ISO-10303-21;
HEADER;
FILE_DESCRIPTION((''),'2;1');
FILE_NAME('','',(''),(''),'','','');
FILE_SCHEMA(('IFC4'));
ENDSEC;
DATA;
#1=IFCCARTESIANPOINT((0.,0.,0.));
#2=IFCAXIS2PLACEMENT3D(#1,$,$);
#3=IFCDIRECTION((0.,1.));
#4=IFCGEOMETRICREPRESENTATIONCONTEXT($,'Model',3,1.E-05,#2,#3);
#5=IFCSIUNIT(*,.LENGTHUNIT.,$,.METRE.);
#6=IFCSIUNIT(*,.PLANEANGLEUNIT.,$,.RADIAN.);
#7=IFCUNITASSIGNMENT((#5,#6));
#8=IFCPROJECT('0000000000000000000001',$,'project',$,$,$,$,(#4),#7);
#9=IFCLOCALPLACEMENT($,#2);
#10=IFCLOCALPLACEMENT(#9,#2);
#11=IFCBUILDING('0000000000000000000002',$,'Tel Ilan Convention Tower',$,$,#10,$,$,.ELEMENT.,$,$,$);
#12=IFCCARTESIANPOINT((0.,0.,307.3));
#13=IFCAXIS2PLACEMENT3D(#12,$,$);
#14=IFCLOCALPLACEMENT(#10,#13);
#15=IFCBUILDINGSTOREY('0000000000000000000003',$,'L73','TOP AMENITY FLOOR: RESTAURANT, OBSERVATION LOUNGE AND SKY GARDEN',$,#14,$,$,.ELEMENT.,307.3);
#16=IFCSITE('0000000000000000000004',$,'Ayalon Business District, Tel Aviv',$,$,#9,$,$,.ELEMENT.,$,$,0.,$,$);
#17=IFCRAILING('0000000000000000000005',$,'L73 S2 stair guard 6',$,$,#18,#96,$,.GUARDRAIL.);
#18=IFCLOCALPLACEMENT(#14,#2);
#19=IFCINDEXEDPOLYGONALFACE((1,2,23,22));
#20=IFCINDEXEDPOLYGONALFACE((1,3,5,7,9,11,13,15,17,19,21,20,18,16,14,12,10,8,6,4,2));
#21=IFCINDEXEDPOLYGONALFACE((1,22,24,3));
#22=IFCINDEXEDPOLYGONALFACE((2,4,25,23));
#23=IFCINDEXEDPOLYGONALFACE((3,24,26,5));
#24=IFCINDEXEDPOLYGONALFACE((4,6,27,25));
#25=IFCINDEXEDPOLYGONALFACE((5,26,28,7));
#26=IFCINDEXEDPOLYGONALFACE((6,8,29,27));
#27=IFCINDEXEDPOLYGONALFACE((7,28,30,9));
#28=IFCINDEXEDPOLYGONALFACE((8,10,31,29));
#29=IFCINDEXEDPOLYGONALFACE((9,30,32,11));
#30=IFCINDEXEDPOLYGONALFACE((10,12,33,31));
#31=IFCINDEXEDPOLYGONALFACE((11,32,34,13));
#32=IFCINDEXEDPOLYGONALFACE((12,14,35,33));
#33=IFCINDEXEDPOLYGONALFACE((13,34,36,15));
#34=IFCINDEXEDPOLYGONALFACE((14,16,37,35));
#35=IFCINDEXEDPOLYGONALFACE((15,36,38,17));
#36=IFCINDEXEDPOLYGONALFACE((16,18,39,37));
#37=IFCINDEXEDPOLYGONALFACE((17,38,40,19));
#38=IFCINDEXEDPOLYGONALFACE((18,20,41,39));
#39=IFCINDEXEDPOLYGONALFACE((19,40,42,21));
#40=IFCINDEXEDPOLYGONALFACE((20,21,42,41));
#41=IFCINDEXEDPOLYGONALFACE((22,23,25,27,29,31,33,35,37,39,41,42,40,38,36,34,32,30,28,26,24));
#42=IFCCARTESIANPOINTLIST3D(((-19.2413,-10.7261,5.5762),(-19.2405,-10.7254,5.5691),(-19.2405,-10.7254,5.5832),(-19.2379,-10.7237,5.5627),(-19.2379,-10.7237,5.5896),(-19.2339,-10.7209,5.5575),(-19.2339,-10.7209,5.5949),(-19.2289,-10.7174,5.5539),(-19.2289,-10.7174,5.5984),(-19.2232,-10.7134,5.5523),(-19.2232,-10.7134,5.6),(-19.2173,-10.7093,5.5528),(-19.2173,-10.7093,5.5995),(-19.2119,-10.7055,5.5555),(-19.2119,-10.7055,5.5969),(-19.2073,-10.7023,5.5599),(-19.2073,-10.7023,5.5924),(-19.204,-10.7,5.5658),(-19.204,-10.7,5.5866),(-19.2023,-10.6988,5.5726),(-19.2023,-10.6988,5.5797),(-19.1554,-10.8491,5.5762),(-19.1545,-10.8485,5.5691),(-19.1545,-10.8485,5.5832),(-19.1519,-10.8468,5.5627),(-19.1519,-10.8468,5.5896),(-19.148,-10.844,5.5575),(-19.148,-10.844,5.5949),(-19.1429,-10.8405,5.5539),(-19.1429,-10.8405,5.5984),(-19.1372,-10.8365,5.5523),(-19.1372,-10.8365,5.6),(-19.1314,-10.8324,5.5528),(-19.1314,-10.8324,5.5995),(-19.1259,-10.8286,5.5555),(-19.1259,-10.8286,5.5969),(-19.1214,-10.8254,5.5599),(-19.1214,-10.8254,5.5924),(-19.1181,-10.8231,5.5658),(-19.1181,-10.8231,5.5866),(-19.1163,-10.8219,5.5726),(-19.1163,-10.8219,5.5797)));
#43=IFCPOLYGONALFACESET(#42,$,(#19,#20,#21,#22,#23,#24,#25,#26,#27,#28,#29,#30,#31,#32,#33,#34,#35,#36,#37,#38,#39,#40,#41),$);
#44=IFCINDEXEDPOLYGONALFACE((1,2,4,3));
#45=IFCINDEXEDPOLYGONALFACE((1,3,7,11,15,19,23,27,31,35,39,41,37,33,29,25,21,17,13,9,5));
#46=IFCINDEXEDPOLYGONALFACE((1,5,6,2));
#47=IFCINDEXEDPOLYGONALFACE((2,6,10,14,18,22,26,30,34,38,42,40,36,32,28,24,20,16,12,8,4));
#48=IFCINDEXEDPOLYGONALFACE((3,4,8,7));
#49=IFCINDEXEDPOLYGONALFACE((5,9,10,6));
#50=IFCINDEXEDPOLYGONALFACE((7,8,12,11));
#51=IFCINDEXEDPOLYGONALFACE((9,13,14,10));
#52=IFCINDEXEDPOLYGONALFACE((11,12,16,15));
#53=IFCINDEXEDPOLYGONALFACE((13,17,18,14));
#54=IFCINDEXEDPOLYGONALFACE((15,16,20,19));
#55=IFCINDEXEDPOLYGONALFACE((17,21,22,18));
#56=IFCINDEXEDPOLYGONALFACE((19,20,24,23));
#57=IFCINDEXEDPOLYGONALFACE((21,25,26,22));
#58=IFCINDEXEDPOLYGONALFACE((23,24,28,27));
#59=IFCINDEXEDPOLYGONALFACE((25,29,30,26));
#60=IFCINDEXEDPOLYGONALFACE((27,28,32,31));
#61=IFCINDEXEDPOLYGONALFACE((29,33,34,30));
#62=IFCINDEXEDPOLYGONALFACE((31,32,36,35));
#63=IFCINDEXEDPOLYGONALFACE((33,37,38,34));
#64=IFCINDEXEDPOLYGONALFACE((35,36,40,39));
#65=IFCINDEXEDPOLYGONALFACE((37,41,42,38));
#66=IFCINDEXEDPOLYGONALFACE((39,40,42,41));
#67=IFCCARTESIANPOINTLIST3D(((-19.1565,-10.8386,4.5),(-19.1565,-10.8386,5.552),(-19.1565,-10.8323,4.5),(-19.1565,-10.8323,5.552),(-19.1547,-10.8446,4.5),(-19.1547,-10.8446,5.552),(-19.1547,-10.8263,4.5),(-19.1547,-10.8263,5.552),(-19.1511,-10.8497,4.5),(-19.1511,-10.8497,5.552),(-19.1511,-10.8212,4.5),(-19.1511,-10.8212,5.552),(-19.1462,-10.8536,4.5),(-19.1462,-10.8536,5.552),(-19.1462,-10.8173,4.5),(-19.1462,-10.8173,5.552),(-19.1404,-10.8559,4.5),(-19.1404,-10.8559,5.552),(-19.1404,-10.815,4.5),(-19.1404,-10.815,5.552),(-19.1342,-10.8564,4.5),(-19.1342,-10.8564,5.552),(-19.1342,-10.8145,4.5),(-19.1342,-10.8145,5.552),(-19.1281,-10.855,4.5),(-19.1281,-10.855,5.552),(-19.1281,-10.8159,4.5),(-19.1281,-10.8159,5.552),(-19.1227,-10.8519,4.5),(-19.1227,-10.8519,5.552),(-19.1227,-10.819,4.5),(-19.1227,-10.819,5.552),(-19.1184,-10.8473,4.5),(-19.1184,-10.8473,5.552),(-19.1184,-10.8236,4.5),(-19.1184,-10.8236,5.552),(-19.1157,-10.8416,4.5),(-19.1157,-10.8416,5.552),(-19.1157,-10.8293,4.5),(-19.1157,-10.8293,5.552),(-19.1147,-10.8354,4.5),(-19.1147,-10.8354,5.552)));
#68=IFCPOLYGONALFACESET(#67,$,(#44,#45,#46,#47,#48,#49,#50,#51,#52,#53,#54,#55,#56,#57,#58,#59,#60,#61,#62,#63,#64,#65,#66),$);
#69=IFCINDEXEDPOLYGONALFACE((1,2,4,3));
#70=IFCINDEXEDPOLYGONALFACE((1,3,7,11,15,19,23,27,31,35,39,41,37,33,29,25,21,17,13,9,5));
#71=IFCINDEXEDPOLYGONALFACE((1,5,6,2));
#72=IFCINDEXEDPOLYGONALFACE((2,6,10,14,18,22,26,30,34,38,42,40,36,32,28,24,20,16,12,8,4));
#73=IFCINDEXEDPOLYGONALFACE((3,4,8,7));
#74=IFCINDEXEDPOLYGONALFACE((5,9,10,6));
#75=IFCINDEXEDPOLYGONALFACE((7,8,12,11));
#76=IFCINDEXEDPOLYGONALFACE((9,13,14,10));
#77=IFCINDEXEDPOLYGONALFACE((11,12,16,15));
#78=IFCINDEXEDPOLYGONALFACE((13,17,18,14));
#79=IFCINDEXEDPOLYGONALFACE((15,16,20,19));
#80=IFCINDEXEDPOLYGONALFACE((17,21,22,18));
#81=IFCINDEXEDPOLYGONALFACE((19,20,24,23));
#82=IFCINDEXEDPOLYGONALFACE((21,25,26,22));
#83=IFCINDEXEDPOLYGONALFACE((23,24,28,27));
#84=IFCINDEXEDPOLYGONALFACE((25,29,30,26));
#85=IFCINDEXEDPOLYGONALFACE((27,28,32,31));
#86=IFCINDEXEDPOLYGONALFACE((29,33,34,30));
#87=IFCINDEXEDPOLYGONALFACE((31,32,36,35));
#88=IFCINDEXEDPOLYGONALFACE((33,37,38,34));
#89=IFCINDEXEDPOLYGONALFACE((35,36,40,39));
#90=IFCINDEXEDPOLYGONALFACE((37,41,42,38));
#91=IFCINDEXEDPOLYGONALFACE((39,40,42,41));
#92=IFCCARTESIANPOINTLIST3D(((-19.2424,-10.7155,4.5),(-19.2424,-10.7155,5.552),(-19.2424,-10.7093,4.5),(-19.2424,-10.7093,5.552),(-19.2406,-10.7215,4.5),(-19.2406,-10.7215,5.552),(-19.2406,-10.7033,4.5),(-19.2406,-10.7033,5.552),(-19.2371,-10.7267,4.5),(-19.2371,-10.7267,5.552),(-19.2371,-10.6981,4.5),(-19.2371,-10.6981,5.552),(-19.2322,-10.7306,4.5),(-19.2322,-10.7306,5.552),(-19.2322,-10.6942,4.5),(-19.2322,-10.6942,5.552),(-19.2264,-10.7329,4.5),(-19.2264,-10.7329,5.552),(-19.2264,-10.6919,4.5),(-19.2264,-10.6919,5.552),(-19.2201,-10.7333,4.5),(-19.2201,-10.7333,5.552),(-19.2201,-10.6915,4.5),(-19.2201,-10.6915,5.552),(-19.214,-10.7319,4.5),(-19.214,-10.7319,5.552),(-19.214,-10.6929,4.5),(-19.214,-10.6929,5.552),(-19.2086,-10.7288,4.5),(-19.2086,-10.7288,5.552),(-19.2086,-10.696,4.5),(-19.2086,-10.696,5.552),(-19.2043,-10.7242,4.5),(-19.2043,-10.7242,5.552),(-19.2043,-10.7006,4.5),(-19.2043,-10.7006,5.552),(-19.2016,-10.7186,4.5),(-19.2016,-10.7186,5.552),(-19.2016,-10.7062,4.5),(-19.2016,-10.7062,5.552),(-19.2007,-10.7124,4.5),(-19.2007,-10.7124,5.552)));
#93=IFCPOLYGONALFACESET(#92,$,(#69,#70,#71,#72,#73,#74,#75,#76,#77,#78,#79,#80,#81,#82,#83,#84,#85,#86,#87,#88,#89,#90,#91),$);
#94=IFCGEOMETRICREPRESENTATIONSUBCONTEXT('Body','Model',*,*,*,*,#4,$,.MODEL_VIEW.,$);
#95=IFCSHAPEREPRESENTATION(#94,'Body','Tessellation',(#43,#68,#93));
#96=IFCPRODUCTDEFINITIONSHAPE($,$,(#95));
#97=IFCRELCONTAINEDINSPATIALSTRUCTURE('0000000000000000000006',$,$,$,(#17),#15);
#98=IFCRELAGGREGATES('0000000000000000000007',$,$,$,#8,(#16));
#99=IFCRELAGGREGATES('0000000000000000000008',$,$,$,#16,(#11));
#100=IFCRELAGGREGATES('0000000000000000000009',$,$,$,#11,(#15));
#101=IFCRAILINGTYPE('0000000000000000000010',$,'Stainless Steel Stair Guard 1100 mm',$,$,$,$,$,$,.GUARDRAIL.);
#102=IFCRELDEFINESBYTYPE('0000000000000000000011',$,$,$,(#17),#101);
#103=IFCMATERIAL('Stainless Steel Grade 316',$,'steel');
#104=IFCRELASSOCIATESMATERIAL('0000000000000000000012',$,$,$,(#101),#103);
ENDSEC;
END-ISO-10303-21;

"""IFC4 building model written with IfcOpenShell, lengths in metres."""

from ifc_helpers import new_model, si_unit, direction, frame, origin, origin_2d, place, context, subcontext, project, spatial, circle, extrude, material, type_object, element, save


model = new_model("IFC4")

# Units and contexts
model_context = context("Model", 3, precision=1e-05, world=origin(), true_north=direction((0.0, 1.0)))
body_context = subcontext(model_context, "Body", "Model", "MODEL_VIEW")
ifc_project = project(units=[si_unit("LENGTHUNIT", "METRE"), si_unit("PLANEANGLEUNIT", "RADIAN")], contexts=[model_context])

# Site, building, storey
site_placement = place(None, origin())
site = spatial("IfcSite", under=ifc_project, at=site_placement, Name="Ayalon Business District, Tel Aviv", CompositionType="ELEMENT", RefElevation=0.0)
building_placement = place(site_placement, origin())
building = spatial("IfcBuilding", under=site, at=building_placement, Name="Tel Ilan Convention Tower", CompositionType="ELEMENT")
storey_placement = place(building_placement, frame((0.0, 0.0, 307.3)))
storey = spatial("IfcBuildingStorey", under=building, at=storey_placement, Name="L73", Description="TOP AMENITY FLOOR: RESTAURANT, OBSERVATION LOUNGE AND SKY GARDEN", CompositionType="ELEMENT", Elevation=307.3)

# Railing
ifc_material_1 = material(Name="Stainless Steel Grade 316", Category="steel")
railing_type = type_object("IfcRailingType", Name="Stainless Steel Stair Guard 1100 mm", PredefinedType="GUARDRAIL", material=ifc_material_1)
railing_placement = place(storey_placement, frame((-19.1357, -10.8354, 4.5)))
element("IfcRailing", 1, at=railing_placement, inside=storey, type_object=railing_type, Name="L73 S2 stair guard 6", PredefinedType="GUARDRAIL", context=body_context, shape_type="SweptSolid", body=[
    extrude(circle(Radius=0.0239, at=origin_2d()), frame((0.0, 0.0, 1.0762), z_axis=(-0.572589, 0.819843, 0.0), x_axis=(-0.819843, -0.572589, 0.0)), (0.0, 0.0, 1.0), 0.1501),
    extrude(circle(Radius=0.021, at=origin_2d()), origin(), (0.0, 0.0, 1.0), 1.052),
    extrude(circle(Radius=0.021, at=origin_2d()), frame((-0.0859, 0.123, 0.0)), (0.0, 0.0, 1.0), 1.052),
])

save(model, "model.ifc")
